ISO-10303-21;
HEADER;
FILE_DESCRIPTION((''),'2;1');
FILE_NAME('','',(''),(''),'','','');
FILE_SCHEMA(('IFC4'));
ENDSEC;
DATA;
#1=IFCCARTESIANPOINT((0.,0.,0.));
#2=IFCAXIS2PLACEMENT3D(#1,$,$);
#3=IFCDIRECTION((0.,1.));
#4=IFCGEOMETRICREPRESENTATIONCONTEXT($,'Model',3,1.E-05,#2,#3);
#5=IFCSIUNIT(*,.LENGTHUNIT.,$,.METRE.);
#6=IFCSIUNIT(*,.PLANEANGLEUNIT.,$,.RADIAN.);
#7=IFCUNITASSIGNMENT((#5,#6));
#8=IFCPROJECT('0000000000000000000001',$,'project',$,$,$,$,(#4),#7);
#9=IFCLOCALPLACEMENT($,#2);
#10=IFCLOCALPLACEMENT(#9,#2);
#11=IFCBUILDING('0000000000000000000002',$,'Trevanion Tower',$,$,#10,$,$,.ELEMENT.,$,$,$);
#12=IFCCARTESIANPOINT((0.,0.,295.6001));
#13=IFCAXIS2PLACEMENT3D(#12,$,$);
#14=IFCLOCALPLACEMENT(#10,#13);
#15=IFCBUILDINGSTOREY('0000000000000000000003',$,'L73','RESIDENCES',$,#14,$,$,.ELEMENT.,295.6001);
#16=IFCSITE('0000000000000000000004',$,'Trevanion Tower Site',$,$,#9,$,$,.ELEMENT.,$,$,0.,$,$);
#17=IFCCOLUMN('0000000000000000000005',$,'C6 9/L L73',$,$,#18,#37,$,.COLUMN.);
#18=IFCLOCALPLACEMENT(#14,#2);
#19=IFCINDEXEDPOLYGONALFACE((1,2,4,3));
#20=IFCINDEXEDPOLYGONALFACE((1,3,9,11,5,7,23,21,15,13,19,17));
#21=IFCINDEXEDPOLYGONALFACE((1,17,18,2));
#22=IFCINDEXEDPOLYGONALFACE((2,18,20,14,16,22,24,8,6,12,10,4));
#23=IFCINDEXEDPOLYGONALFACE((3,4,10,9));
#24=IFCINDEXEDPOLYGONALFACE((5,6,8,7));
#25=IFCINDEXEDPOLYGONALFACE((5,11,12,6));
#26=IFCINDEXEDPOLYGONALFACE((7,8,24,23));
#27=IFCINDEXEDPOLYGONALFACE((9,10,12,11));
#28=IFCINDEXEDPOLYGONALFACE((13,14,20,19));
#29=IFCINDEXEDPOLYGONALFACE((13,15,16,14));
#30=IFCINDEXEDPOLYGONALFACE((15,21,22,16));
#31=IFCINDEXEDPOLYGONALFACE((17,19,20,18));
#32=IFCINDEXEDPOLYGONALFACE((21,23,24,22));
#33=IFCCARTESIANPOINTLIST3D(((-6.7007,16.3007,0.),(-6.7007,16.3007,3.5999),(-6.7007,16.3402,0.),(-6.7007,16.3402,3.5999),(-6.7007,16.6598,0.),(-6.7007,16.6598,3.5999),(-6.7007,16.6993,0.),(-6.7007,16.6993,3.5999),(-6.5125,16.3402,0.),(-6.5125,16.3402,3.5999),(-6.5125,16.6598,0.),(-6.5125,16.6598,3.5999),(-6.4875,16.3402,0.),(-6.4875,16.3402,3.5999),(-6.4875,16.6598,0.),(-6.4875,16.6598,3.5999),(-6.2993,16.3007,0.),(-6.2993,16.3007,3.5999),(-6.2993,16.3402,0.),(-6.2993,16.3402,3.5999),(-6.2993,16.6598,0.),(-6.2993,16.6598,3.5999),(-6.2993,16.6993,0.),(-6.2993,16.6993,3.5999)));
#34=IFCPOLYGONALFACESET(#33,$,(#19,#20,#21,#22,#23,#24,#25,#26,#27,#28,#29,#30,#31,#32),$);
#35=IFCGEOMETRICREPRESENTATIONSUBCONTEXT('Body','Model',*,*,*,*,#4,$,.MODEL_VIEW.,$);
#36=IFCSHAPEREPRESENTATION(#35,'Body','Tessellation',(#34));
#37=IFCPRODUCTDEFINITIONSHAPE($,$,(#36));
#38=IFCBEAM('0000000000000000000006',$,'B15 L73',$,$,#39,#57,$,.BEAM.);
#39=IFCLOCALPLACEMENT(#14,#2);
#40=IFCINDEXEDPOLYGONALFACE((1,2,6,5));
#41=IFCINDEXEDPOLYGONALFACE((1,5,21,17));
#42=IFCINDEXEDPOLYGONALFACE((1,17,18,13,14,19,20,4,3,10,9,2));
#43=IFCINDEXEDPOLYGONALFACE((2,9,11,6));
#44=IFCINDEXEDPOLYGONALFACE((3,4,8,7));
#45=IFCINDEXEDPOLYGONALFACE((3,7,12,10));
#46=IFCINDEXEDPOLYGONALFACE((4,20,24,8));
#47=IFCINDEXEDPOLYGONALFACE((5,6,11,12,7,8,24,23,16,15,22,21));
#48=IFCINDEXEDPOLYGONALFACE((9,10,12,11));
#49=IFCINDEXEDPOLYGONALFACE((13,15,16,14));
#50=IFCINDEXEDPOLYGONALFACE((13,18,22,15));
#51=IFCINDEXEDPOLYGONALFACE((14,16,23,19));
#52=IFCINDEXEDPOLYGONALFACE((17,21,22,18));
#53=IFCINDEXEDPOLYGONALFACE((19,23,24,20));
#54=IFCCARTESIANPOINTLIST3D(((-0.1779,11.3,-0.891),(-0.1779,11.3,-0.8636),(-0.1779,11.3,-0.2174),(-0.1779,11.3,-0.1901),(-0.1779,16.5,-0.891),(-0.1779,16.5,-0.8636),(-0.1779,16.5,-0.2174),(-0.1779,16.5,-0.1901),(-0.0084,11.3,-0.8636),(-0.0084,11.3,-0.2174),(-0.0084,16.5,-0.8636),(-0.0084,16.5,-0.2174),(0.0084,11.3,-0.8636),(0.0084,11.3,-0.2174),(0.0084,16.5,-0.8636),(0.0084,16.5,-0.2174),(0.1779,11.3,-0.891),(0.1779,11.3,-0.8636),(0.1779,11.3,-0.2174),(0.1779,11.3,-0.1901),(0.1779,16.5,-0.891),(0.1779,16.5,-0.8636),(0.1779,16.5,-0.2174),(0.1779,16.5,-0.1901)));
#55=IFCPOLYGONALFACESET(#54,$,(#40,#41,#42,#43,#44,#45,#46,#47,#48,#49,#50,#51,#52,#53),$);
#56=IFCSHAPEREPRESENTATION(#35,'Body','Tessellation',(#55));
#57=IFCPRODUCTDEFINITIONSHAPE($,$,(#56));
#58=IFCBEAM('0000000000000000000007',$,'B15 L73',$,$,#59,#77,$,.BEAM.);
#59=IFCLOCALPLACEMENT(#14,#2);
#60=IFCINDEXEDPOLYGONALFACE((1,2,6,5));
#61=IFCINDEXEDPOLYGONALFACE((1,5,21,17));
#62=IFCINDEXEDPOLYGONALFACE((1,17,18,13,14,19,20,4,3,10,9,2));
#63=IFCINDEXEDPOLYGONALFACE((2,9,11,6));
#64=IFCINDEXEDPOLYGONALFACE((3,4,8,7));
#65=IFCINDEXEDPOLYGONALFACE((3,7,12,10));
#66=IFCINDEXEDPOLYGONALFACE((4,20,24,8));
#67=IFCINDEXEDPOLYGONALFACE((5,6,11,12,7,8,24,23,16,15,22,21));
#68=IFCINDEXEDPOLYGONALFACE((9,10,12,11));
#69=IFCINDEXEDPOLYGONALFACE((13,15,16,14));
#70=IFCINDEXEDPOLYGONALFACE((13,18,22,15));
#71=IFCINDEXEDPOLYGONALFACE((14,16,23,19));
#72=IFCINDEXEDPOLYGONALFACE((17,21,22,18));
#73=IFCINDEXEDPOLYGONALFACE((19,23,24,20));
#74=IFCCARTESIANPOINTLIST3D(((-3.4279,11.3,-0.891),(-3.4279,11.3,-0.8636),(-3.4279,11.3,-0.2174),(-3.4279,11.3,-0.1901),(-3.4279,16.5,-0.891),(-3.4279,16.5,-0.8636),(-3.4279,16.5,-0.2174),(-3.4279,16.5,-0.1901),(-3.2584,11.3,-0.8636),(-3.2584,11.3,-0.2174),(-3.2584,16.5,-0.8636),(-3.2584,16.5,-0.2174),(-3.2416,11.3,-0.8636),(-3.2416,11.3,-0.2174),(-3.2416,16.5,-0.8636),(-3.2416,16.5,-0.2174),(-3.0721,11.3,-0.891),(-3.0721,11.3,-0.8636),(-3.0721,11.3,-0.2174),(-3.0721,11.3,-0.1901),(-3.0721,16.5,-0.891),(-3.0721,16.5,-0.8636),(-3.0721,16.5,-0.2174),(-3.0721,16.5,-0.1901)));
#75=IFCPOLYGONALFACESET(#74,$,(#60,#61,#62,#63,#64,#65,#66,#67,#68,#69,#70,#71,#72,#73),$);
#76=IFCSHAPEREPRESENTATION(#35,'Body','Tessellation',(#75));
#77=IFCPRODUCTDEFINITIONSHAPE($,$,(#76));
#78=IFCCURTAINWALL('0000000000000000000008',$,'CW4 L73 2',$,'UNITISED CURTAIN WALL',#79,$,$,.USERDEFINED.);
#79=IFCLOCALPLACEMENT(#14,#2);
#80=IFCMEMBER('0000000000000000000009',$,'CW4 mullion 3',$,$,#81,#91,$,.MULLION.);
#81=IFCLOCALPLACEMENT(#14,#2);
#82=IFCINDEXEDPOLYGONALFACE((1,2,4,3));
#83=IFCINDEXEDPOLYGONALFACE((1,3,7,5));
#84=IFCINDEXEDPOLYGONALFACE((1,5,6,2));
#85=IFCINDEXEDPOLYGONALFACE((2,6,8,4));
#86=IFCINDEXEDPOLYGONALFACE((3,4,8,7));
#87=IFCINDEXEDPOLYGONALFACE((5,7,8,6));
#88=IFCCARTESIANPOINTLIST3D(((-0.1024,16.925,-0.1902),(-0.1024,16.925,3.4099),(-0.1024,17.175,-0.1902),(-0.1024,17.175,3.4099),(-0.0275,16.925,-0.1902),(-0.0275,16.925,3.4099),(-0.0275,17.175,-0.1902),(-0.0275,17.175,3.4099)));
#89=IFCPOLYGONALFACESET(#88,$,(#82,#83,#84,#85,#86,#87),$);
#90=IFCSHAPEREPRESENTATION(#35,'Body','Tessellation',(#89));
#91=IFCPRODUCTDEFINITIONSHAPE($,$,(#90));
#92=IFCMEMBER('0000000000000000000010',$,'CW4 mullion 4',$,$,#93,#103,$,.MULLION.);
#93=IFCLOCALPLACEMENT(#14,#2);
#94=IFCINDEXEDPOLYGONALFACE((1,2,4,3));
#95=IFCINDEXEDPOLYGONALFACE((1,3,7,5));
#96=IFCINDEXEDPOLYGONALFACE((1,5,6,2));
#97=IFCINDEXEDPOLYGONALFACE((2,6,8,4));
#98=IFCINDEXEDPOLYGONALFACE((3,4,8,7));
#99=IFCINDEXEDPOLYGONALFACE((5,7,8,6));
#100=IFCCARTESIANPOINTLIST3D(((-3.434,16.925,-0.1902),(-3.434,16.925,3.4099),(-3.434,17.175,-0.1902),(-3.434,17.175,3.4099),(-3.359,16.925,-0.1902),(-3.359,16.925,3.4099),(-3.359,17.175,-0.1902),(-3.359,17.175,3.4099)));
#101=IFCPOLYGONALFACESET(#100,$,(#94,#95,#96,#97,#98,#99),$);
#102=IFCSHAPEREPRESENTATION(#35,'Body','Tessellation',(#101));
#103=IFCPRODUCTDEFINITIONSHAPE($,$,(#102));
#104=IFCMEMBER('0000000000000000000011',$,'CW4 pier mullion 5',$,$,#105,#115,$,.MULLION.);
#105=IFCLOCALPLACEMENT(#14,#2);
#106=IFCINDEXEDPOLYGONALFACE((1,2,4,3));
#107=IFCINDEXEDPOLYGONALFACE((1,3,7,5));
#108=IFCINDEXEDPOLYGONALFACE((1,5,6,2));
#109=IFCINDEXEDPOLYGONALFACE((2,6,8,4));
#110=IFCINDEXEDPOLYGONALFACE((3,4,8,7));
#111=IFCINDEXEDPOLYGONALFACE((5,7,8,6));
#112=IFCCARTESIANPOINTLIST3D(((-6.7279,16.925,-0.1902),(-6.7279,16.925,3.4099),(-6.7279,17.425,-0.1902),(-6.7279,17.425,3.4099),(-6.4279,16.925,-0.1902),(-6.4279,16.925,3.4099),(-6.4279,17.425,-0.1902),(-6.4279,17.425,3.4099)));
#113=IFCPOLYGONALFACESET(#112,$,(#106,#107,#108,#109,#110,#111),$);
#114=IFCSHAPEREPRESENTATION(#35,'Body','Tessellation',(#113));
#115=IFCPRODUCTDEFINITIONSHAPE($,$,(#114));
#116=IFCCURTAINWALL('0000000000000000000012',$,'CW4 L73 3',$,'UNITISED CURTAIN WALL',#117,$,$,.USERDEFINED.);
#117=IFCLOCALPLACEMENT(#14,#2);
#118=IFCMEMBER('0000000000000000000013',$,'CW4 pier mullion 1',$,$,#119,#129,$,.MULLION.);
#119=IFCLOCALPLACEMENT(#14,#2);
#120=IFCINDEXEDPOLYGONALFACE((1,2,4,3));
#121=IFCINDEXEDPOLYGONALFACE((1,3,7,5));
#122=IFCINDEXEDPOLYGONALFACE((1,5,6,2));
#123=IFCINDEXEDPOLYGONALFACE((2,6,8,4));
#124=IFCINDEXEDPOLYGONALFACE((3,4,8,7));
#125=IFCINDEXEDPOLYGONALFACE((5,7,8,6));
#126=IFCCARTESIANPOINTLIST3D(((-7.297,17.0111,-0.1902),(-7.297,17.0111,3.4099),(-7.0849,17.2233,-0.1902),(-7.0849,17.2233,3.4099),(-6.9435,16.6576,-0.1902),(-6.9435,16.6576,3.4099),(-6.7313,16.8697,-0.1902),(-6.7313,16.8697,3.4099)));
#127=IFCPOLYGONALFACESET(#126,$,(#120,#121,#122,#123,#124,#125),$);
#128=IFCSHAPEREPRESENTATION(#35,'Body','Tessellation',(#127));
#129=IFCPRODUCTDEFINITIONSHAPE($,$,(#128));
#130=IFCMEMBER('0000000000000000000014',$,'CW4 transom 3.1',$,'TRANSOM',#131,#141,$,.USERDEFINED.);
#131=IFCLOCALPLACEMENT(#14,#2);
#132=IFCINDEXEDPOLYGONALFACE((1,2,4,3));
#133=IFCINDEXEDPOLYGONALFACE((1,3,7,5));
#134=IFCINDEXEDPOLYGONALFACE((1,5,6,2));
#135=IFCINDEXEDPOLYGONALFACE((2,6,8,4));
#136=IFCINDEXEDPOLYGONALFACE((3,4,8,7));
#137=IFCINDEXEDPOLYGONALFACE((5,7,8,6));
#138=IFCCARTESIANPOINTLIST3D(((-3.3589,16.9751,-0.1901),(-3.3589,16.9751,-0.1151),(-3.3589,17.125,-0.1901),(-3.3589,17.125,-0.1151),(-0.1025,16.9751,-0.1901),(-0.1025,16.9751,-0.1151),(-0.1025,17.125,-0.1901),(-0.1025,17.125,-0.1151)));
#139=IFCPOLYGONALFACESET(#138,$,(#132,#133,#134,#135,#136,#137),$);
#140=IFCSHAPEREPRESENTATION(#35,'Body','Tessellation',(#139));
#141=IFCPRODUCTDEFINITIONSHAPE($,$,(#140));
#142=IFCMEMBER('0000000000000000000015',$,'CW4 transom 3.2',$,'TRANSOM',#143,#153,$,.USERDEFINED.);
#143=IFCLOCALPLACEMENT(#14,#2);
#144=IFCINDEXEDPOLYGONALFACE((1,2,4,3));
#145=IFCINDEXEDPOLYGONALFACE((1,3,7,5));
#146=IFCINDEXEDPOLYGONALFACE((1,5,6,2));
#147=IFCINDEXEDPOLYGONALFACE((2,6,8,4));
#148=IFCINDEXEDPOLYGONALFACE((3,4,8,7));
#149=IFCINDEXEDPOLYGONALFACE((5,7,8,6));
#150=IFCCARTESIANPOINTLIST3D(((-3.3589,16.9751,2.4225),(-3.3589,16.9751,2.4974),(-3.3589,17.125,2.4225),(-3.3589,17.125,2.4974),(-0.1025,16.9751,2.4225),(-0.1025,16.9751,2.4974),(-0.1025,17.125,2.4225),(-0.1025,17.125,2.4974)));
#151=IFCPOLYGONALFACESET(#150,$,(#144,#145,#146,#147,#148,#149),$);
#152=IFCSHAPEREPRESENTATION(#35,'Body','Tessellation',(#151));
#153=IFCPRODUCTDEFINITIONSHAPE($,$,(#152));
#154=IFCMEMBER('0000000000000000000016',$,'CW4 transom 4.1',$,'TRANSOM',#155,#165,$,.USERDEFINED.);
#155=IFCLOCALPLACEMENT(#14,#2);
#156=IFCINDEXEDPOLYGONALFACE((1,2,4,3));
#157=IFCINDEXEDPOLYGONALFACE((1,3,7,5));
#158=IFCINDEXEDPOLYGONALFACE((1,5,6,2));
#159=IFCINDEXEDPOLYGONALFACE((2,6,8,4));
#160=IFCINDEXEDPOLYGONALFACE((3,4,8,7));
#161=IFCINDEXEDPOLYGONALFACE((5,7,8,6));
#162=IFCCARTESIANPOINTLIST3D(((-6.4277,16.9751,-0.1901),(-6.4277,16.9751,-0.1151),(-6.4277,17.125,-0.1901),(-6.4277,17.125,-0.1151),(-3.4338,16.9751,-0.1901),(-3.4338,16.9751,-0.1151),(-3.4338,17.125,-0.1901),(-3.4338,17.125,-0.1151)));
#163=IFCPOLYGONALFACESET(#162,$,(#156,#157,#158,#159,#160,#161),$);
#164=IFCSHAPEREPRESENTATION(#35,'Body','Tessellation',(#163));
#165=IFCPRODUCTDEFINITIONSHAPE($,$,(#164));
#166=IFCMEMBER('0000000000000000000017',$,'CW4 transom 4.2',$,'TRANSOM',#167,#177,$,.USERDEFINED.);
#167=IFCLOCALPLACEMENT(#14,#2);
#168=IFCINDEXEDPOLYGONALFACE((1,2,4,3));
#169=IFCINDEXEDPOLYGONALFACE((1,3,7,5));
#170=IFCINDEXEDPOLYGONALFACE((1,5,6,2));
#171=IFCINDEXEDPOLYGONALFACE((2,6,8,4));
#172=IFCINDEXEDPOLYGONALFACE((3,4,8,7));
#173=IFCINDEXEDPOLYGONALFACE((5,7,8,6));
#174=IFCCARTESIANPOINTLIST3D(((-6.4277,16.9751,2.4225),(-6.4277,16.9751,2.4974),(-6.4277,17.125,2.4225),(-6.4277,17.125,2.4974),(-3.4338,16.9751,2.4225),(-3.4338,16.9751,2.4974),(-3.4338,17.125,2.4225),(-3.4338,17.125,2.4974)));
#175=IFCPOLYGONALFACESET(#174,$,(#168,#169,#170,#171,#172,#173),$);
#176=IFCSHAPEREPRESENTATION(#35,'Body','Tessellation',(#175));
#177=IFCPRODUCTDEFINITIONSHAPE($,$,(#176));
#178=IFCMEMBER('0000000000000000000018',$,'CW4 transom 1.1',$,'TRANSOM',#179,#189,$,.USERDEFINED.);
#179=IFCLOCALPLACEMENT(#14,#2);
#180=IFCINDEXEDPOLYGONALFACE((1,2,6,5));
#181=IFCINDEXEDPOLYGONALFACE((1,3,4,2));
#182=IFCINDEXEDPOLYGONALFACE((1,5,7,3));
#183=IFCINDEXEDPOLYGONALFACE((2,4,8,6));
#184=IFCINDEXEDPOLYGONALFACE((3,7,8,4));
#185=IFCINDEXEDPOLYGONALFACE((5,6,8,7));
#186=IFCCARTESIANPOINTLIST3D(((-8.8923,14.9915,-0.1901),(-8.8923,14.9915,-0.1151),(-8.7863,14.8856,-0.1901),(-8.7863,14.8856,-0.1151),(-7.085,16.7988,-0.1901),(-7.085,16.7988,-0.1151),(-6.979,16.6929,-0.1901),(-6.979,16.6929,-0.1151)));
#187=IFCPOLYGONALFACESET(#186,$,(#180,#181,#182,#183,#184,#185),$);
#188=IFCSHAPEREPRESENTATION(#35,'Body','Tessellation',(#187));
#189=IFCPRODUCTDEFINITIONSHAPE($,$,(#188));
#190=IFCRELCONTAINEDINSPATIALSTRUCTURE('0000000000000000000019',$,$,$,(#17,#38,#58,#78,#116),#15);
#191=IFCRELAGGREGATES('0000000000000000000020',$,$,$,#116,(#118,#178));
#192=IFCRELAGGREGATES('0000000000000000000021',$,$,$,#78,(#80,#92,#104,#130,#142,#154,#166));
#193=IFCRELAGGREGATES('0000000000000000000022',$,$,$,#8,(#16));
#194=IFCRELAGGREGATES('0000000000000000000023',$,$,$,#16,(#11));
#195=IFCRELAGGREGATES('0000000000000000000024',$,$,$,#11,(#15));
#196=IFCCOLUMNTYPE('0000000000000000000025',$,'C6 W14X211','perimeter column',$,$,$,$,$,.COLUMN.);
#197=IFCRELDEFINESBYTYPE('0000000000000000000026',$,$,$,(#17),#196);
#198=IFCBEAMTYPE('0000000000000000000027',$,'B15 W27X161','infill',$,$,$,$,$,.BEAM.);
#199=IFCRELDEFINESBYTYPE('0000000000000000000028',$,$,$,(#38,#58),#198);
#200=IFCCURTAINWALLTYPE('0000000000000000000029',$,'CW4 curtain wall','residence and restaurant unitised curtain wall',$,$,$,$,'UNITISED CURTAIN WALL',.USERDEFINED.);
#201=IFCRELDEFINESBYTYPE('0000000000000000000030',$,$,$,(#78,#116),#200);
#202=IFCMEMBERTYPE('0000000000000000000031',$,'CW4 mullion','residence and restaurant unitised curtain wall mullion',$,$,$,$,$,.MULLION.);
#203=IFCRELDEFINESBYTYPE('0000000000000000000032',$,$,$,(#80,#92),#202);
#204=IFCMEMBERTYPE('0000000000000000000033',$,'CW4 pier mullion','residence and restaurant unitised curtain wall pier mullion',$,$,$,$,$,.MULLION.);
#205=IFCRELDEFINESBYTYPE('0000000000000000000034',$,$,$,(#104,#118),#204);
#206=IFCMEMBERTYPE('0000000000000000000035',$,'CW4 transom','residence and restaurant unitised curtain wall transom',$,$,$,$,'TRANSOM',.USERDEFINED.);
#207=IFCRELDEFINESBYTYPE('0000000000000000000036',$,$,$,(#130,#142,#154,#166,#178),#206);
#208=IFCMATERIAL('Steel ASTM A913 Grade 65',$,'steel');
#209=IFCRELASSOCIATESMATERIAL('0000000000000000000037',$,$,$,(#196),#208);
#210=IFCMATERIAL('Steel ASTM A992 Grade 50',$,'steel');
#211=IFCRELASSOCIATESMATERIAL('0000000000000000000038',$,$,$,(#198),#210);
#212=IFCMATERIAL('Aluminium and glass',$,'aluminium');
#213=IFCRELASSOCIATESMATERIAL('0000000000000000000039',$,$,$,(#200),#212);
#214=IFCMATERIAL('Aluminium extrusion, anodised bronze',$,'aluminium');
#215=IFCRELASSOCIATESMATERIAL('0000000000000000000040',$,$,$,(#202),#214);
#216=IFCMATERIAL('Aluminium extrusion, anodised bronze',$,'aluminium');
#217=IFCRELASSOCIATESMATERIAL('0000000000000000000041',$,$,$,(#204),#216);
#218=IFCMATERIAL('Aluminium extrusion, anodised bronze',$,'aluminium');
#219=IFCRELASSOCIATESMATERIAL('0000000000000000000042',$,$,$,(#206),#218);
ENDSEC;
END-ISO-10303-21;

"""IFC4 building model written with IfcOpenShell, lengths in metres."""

from ifc_helpers import new_model, si_unit, direction, frame, origin, origin_2d, place, context, subcontext, project, spatial, rectangle, i_section, extrude, material, material_profile, profile_set, type_object, element, aggregate, save


model = new_model("IFC4")

# Units and contexts
model_context = context("Model", 3, precision=1e-05, world=origin(), true_north=direction((0.0, 1.0)))
body_context = subcontext(model_context, "Body", "Model", "MODEL_VIEW")
ifc_project = project(units=[si_unit("LENGTHUNIT", "METRE"), si_unit("PLANEANGLEUNIT", "RADIAN")], contexts=[model_context])

# Site, building, storey
site_placement = place(None, origin())
site = spatial("IfcSite", under=ifc_project, at=site_placement, Name="Trevanion Tower Site", CompositionType="ELEMENT", RefElevation=0.0)
building_placement = place(site_placement, origin())
building = spatial("IfcBuilding", under=site, at=building_placement, Name="Trevanion Tower", CompositionType="ELEMENT")
storey_placement = place(building_placement, frame((0.0, 0.0, 295.6001)))
storey = spatial("IfcBuildingStorey", under=building, at=storey_placement, Name="L73", Description="RESIDENCES", CompositionType="ELEMENT", Elevation=295.6001)

# Column
ifc_material_1 = material(Name="Steel ASTM A913 Grade 65", Category="steel")
ifc_material_profile_1 = material_profile(ifc_material_1, i_section(OverallWidth=0.4014, OverallDepth=0.3987, WebThickness=0.0249, FlangeThickness=0.0396, at=origin_2d()), Name="W14X211")
ifc_profile_set_1 = profile_set([ifc_material_profile_1], Name="Steel ASTM A913 Grade 65")
column_type = type_object("IfcColumnType", Name="C6 W14X211", Description="perimeter column", PredefinedType="COLUMN", material=ifc_profile_set_1)
column_placement = place(storey_placement, frame((-6.5, 16.5, 0.0), z_axis=(0.0, 0.0, 1.0), x_axis=(1.0, 0.0, 0.0)))
element("IfcColumn", 1, at=column_placement, inside=storey, type_object=column_type, Name="C6 9/L L73", PredefinedType="COLUMN", context=body_context, shape_type="SweptSolid", body=[
    extrude(i_section(OverallWidth=0.4014, OverallDepth=0.3987, WebThickness=0.0249, FlangeThickness=0.0396, at=origin_2d()), origin(), (0.0, 0.0, 1.0), 3.5999),
])

# Beams
ifc_material_2 = material(Name="Steel ASTM A992 Grade 50", Category="steel")
ifc_material_profile_2 = material_profile(ifc_material_2, i_section(OverallWidth=0.3557, OverallDepth=0.7009, WebThickness=0.0168, FlangeThickness=0.0273, at=origin_2d()), Name="W27X161")
ifc_profile_set_2 = profile_set([ifc_material_profile_2], Name="Steel ASTM A992 Grade 50")
beam_type_1 = type_object("IfcBeamType", Name="B15 W27X161", Description="infill", PredefinedType="BEAM", material=ifc_profile_set_2)
for number, where, z_axis, x_axis, name in (
    (2, (0.0, 11.3, -0.5405), (0.0, 1.0, 0.0), (-1.0, 0.0, 0.0), "B15 L73"),
    (3, (-3.25, 11.3, -0.5405), (0.0, 1.0, 0.0), (-1.0, 0.0, 0.0), "B15 L73"),
):
    element("IfcBeam", number, at=place(storey_placement, frame(where, z_axis=z_axis, x_axis=x_axis)), inside=storey, type_object=beam_type_1, Name=name, PredefinedType="BEAM", context=body_context, shape_type="SweptSolid", body=[
        extrude(i_section(OverallWidth=0.3557, OverallDepth=0.7009, WebThickness=0.0168, FlangeThickness=0.0273, at=origin_2d()), origin(), (0.0, 0.0, 1.0), 5.2),
    ])

# Curtain wall, members
ifc_material_3 = material(Name="Aluminium and glass", Category="aluminium")
curtain_wall_type = type_object("IfcCurtainWallType", Name="CW4 curtain wall", Description="residence and restaurant unitised curtain wall", ElementType="UNITISED CURTAIN WALL", PredefinedType="USERDEFINED", material=ifc_material_3)
curtain_wall_1_placement = place(storey_placement, origin())
curtain_wall_1 = element("IfcCurtainWall", 4, at=curtain_wall_1_placement, inside=storey, type_object=curtain_wall_type, Name="CW4 L73 2", ObjectType="UNITISED CURTAIN WALL", PredefinedType="USERDEFINED")
ifc_material_4 = material(Name="Aluminium extrusion, anodised bronze", Category="aluminium")
ifc_material_profile_3 = material_profile(ifc_material_4, rectangle(XDim=0.075, YDim=0.25, at=origin_2d()), Name="CW4 mullion")
ifc_profile_set_3 = profile_set([ifc_material_profile_3], Name="Aluminium extrusion, anodised bronze")
member_type_1 = type_object("IfcMemberType", Name="CW4 mullion", Description="residence and restaurant unitised curtain wall mullion", PredefinedType="MULLION", material=ifc_profile_set_3)
member_1_placement = place(storey_placement, frame((-0.0649, 17.05, -0.1902), z_axis=(0.0, 0.0, 1.0), x_axis=(-1.0, 0.0, 0.0)))
member_1 = element("IfcMember", 5, at=member_1_placement, type_object=member_type_1, Name="CW4 mullion 3", PredefinedType="MULLION", context=body_context, shape_type="SweptSolid", body=[
    extrude(rectangle(XDim=0.075, YDim=0.25, at=origin_2d()), origin(), (0.0, 0.0, 1.0), 3.6001),
])
member_2_placement = place(storey_placement, frame((-3.3965, 17.05, -0.1902), z_axis=(0.0, 0.0, 1.0), x_axis=(-1.0, 0.0, 0.0)))
member_2 = element("IfcMember", 6, at=member_2_placement, type_object=member_type_1, Name="CW4 mullion 4", PredefinedType="MULLION", context=body_context, shape_type="SweptSolid", body=[
    extrude(rectangle(XDim=0.075, YDim=0.25, at=origin_2d()), origin(), (0.0, 0.0, 1.0), 3.6001),
])
ifc_material_5 = material(Name="Aluminium extrusion, anodised bronze", Category="aluminium")
ifc_material_profile_4 = material_profile(ifc_material_5, rectangle(XDim=0.3, YDim=0.5, at=origin_2d()), Name="CW4 pier mullion")
ifc_profile_set_4 = profile_set([ifc_material_profile_4], Name="Aluminium extrusion, anodised bronze")
member_type_2 = type_object("IfcMemberType", Name="CW4 pier mullion", Description="residence and restaurant unitised curtain wall pier mullion", PredefinedType="MULLION", material=ifc_profile_set_4)
member_3_placement = place(storey_placement, frame((-6.5779, 17.175, -0.1902), z_axis=(0.0, 0.0, 1.0), x_axis=(-1.0, 0.0, 0.0)))
member_3 = element("IfcMember", 7, at=member_3_placement, type_object=member_type_2, Name="CW4 pier mullion 5", PredefinedType="MULLION", context=body_context, shape_type="SweptSolid", body=[
    extrude(rectangle(XDim=0.3, YDim=0.5, at=origin_2d()), origin(), (0.0, 0.0, 1.0), 3.6001),
])

# Curtain wall, member
curtain_wall_2_placement = place(storey_placement, origin())
curtain_wall_2 = element("IfcCurtainWall", 8, at=curtain_wall_2_placement, inside=storey, type_object=curtain_wall_type, Name="CW4 L73 3", ObjectType="UNITISED CURTAIN WALL", PredefinedType="USERDEFINED")
member_4_placement = place(storey_placement, frame((-7.0142, 16.9404, -0.1902), z_axis=(0.0, 0.0, 1.0), x_axis=(-0.707107, -0.707107, 0.0)))
member_4 = element("IfcMember", 9, at=member_4_placement, type_object=member_type_2, Name="CW4 pier mullion 1", PredefinedType="MULLION", context=body_context, shape_type="SweptSolid", body=[
    extrude(rectangle(XDim=0.3, YDim=0.5, at=origin_2d()), origin(), (0.0, 0.0, 1.0), 3.6001),
])

# Members
ifc_material_6 = material(Name="Aluminium extrusion, anodised bronze", Category="aluminium")
ifc_material_profile_5 = material_profile(ifc_material_6, rectangle(XDim=0.1499, YDim=0.075, at=origin_2d()), Name="CW4 transom")
ifc_profile_set_5 = profile_set([ifc_material_profile_5], Name="Aluminium extrusion, anodised bronze")
member_type_3 = type_object("IfcMemberType", Name="CW4 transom", Description="residence and restaurant unitised curtain wall transom", ElementType="TRANSOM", PredefinedType="USERDEFINED", material=ifc_profile_set_5)
member_5_placement = place(storey_placement, frame((-0.1025, 17.05, -0.1526), z_axis=(-1.0, 0.0, 0.0), x_axis=(0.0, -1.0, 0.0)))
member_5 = element("IfcMember", 10, at=member_5_placement, type_object=member_type_3, Name="CW4 transom 3.1", ObjectType="TRANSOM", PredefinedType="USERDEFINED", context=body_context, shape_type="SweptSolid", body=[
    extrude(rectangle(XDim=0.1499, YDim=0.075, at=origin_2d()), origin(), (0.0, 0.0, 1.0), 3.2563),
])
member_6_placement = place(storey_placement, frame((-0.1025, 17.05, 2.46), z_axis=(-1.0, 0.0, 0.0), x_axis=(0.0, -1.0, 0.0)))
member_6 = element("IfcMember", 11, at=member_6_placement, type_object=member_type_3, Name="CW4 transom 3.2", ObjectType="TRANSOM", PredefinedType="USERDEFINED", context=body_context, shape_type="SweptSolid", body=[
    extrude(rectangle(XDim=0.1499, YDim=0.075, at=origin_2d()), origin(), (0.0, 0.0, 1.0), 3.2563),
])
member_7_placement = place(storey_placement, frame((-3.4338, 17.05, -0.1526), z_axis=(-1.0, 0.0, 0.0), x_axis=(0.0, -1.0, 0.0)))
member_7 = element("IfcMember", 12, at=member_7_placement, type_object=member_type_3, Name="CW4 transom 4.1", ObjectType="TRANSOM", PredefinedType="USERDEFINED", context=body_context, shape_type="SweptSolid", body=[
    extrude(rectangle(XDim=0.1499, YDim=0.075, at=origin_2d()), origin(), (0.0, 0.0, 1.0), 2.9939),
])
member_8_placement = place(storey_placement, frame((-3.4338, 17.05, 2.46), z_axis=(-1.0, 0.0, 0.0), x_axis=(0.0, -1.0, 0.0)))
member_8 = element("IfcMember", 13, at=member_8_placement, type_object=member_type_3, Name="CW4 transom 4.2", ObjectType="TRANSOM", PredefinedType="USERDEFINED", context=body_context, shape_type="SweptSolid", body=[
    extrude(rectangle(XDim=0.1499, YDim=0.075, at=origin_2d()), origin(), (0.0, 0.0, 1.0), 2.9939),
])
member_9_placement = place(storey_placement, frame((-7.032, 16.7458, -0.1526), z_axis=(-0.707107, -0.707107, 0.0), x_axis=(0.707107, -0.707107, 0.0)))
member_9 = element("IfcMember", 14, at=member_9_placement, type_object=member_type_3, Name="CW4 transom 1.1", ObjectType="TRANSOM", PredefinedType="USERDEFINED", context=body_context, shape_type="SweptSolid", body=[
    extrude(rectangle(XDim=0.1499, YDim=0.075, at=origin_2d()), origin(), (0.0, 0.0, 1.0), 2.5559),
])
aggregate(curtain_wall_2, [member_4, member_9])

aggregate(curtain_wall_1, [member_1, member_2, member_3, member_5, member_6, member_7, member_8])

save(model, "model.ifc")
